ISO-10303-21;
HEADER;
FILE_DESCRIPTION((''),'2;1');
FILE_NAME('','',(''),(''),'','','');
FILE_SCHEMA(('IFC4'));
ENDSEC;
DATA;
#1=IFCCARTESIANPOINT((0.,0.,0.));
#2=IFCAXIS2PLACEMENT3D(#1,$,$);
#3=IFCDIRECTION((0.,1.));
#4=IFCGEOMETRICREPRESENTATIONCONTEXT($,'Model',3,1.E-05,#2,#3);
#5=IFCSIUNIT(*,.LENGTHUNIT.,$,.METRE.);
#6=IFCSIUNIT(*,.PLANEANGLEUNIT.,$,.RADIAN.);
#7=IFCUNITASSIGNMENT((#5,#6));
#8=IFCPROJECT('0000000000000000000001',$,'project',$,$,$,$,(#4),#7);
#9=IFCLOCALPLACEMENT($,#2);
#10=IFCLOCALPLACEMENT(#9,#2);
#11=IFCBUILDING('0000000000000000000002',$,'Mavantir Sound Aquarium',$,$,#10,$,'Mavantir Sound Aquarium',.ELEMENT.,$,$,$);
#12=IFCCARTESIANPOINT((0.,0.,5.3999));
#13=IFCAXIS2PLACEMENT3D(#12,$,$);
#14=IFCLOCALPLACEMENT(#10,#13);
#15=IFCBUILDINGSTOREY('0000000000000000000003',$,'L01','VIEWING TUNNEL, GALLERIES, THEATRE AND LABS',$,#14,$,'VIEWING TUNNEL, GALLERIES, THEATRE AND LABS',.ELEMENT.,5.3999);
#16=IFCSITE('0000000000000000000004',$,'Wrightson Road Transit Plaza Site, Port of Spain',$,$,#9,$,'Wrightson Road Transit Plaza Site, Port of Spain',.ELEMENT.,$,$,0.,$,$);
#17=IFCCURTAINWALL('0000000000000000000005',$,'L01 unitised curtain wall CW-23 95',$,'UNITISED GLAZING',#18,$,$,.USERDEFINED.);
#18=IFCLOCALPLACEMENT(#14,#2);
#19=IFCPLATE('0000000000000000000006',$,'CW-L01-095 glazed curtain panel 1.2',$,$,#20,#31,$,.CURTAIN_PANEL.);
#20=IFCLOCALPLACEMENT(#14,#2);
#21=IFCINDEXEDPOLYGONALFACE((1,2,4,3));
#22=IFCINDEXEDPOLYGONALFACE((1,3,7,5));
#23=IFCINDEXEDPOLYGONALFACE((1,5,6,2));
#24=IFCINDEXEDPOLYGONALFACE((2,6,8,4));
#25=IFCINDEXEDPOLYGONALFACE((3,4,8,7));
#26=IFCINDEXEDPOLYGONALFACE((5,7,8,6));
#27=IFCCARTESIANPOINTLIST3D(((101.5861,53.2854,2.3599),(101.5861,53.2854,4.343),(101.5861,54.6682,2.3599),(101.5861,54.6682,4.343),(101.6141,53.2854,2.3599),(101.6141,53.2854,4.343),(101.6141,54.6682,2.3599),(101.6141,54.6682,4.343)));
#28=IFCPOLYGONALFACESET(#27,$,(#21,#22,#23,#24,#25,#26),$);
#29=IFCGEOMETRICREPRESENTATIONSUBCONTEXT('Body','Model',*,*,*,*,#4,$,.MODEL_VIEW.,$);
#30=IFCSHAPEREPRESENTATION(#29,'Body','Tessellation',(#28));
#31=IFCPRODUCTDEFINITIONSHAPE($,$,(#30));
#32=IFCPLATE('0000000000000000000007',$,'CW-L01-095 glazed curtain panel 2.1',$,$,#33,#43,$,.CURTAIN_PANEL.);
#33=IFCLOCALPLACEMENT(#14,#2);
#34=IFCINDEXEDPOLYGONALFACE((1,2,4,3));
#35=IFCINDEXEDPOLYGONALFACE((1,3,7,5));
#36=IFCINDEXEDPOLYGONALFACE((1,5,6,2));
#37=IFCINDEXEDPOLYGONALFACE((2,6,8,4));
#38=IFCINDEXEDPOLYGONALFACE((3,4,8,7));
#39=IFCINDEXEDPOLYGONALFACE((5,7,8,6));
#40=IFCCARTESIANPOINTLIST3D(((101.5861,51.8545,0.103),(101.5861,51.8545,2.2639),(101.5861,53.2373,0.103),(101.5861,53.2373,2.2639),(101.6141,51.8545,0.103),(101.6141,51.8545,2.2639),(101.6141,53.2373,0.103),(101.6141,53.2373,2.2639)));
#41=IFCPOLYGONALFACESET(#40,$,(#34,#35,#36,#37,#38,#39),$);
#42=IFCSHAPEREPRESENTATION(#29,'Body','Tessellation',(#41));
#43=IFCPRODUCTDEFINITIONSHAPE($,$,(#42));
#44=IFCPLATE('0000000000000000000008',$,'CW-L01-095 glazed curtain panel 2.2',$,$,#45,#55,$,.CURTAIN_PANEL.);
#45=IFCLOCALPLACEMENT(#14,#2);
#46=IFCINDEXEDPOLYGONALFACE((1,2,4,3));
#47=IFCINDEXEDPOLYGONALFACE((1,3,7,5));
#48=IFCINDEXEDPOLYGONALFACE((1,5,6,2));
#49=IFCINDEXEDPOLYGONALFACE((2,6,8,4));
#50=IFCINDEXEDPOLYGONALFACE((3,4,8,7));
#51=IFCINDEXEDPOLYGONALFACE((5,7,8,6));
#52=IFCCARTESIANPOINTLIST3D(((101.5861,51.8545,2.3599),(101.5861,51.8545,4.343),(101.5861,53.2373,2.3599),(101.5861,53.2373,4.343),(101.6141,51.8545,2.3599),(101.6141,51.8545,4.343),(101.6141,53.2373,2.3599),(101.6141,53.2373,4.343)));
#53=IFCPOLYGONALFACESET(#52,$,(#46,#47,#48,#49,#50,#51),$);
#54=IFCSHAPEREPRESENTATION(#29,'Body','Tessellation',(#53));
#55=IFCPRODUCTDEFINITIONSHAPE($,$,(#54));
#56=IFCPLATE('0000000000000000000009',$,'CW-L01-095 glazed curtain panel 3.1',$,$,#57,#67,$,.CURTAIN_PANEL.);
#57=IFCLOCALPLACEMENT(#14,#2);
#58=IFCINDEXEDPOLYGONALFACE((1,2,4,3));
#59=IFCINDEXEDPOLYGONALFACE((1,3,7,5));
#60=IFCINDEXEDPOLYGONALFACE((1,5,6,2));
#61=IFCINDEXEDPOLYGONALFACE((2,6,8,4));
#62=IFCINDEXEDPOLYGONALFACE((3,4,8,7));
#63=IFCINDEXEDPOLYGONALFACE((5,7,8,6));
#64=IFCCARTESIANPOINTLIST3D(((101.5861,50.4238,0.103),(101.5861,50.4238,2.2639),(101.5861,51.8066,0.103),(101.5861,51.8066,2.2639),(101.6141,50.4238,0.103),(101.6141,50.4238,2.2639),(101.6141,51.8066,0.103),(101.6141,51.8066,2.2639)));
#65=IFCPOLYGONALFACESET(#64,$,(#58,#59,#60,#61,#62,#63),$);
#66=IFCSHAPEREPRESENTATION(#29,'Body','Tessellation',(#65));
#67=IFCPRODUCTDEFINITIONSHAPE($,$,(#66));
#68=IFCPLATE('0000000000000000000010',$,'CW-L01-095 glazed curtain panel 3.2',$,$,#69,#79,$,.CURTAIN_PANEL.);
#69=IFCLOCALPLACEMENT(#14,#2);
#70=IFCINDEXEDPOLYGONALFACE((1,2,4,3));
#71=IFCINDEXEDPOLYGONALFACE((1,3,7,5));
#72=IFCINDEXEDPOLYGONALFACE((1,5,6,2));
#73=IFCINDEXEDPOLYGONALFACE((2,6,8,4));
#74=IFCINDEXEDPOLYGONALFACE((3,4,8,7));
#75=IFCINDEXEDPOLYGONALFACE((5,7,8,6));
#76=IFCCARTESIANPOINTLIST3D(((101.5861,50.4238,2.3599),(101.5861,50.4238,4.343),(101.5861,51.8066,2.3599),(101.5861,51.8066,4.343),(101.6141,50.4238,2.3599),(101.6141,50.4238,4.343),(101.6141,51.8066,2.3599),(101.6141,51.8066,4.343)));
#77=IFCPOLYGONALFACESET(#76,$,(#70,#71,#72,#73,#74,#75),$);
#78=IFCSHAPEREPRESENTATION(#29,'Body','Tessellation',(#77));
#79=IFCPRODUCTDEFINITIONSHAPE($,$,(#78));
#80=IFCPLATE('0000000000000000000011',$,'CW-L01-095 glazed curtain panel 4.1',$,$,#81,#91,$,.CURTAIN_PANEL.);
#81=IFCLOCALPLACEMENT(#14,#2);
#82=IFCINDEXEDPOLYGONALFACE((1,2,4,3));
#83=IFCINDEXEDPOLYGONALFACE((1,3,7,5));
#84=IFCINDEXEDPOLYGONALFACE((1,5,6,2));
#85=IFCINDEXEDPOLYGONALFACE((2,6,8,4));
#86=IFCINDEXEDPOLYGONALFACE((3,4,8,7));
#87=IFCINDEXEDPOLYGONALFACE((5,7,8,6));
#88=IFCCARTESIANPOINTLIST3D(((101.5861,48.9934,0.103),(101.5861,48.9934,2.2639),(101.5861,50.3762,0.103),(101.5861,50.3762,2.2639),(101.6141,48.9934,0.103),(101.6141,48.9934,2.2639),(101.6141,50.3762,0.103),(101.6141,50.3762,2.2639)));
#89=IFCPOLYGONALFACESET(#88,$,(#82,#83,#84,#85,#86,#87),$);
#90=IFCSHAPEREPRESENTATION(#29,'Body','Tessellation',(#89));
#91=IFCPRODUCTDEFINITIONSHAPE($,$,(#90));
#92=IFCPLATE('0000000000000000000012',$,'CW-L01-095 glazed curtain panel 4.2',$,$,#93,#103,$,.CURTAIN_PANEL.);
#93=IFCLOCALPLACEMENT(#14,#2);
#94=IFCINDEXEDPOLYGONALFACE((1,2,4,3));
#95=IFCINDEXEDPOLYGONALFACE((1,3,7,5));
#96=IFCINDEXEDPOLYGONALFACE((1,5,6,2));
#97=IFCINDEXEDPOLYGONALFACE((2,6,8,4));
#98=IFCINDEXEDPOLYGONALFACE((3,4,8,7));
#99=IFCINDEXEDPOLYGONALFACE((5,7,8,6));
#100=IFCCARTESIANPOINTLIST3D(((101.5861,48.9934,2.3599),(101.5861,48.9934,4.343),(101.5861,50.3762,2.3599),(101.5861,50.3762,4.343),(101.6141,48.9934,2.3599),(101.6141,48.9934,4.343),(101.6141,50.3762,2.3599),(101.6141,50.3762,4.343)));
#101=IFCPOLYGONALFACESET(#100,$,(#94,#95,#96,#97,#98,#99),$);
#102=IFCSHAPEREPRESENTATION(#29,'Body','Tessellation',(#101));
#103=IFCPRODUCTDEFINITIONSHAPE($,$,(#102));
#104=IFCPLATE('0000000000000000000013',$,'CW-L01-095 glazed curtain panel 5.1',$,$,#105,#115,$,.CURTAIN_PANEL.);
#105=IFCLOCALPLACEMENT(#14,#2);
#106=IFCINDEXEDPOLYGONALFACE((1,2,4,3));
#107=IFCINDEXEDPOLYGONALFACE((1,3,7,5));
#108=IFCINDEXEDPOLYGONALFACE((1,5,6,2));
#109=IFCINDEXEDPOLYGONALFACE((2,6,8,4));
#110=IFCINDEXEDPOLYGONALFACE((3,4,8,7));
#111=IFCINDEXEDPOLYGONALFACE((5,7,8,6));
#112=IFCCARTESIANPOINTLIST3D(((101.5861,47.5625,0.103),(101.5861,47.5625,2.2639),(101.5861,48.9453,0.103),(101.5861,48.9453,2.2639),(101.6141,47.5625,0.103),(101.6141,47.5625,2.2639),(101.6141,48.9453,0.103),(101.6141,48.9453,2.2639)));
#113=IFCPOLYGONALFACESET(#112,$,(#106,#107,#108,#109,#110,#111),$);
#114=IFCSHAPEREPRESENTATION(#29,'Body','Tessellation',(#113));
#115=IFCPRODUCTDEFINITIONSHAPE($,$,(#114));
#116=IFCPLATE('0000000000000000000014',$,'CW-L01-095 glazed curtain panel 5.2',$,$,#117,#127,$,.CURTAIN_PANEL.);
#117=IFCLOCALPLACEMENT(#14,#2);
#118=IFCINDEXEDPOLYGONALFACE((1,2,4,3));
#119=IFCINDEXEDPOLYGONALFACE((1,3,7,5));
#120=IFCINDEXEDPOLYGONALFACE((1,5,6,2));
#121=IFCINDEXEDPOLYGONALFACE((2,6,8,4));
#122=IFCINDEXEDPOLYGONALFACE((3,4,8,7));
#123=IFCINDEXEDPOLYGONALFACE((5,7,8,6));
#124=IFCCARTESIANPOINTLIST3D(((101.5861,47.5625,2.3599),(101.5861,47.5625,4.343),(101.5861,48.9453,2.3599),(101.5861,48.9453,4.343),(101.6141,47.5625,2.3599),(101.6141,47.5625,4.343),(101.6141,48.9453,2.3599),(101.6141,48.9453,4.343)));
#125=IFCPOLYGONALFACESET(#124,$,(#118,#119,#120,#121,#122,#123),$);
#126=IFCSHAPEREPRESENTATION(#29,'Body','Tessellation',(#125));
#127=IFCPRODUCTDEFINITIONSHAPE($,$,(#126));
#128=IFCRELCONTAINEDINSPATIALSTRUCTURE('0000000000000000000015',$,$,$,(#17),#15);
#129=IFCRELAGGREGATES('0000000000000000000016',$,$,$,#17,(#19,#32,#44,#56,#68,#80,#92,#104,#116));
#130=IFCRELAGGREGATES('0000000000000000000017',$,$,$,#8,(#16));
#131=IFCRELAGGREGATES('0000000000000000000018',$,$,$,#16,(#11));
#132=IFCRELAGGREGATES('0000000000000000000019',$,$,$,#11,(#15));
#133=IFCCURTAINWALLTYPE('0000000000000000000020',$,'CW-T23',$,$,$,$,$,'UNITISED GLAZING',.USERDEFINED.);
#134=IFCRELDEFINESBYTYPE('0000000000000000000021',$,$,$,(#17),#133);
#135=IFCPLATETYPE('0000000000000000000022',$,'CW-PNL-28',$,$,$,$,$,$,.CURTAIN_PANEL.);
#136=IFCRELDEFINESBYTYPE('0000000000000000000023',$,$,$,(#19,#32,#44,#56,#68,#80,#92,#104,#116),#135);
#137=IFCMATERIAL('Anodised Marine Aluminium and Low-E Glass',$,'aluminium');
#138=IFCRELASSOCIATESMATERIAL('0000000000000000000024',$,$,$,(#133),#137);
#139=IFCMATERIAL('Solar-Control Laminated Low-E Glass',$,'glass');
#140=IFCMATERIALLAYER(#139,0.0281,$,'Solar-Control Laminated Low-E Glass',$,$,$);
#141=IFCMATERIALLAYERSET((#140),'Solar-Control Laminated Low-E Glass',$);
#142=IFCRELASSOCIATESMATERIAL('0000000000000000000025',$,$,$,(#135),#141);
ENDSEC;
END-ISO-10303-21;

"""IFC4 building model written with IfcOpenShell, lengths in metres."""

from ifc_helpers import new_model, si_unit, direction, frame, origin, origin_2d, place, context, subcontext, project, spatial, rectangle, extrude, material, layer, layer_set, type_object, element, aggregate, save


model = new_model("IFC4")

# Units and contexts
model_context = context("Model", 3, precision=1e-05, world=origin(), true_north=direction((0.0, 1.0)))
body_context = subcontext(model_context, "Body", "Model", "MODEL_VIEW")
ifc_project = project(units=[si_unit("LENGTHUNIT", "METRE"), si_unit("PLANEANGLEUNIT", "RADIAN")], contexts=[model_context])

# Site, building, storey
site_placement = place(None, origin())
site = spatial("IfcSite", under=ifc_project, at=site_placement, Name="Wrightson Road Transit Plaza Site, Port of Spain", LongName="Wrightson Road Transit Plaza Site, Port of Spain", CompositionType="ELEMENT", RefElevation=0.0)
building_placement = place(site_placement, origin())
building = spatial("IfcBuilding", under=site, at=building_placement, Name="Mavantir Sound Aquarium", LongName="Mavantir Sound Aquarium", CompositionType="ELEMENT")
storey_placement = place(building_placement, frame((0.0, 0.0, 5.3999)))
storey = spatial("IfcBuildingStorey", under=building, at=storey_placement, Name="L01", Description="VIEWING TUNNEL, GALLERIES, THEATRE AND LABS", LongName="VIEWING TUNNEL, GALLERIES, THEATRE AND LABS", CompositionType="ELEMENT", Elevation=5.3999)

# Curtain wall, plates
ifc_material_1 = material(Name="Anodised Marine Aluminium and Low-E Glass", Category="aluminium")
curtain_wall_type = type_object("IfcCurtainWallType", Name="CW-T23", ElementType="UNITISED GLAZING", PredefinedType="USERDEFINED", material=ifc_material_1)
curtain_wall_placement = place(storey_placement, origin())
curtain_wall = element("IfcCurtainWall", 1, at=curtain_wall_placement, inside=storey, type_object=curtain_wall_type, Name="L01 unitised curtain wall CW-23 95", ObjectType="UNITISED GLAZING", PredefinedType="USERDEFINED")
ifc_material_2 = material(Name="Solar-Control Laminated Low-E Glass", Category="glass")
ifc_layer = layer(ifc_material_2, 0.0281, Name="Solar-Control Laminated Low-E Glass")
ifc_layer_set = layer_set([ifc_layer], Name="Solar-Control Laminated Low-E Glass")
plate_type = type_object("IfcPlateType", Name="CW-PNL-28", PredefinedType="CURTAIN_PANEL", material=ifc_layer_set)
plate_1_placement = place(storey_placement, frame((101.6001, 53.9768, 2.3599), z_axis=(0.0, 0.0, 1.0), x_axis=(0.0, -1.0, 0.0)))
plate_1 = element("IfcPlate", 2, at=plate_1_placement, type_object=plate_type, Name="CW-L01-095 glazed curtain panel 1.2", PredefinedType="CURTAIN_PANEL", context=body_context, shape_type="SweptSolid", body=[
    extrude(rectangle(XDim=1.3828, YDim=0.0281, at=origin_2d()), origin(), (0.0, 0.0, 1.0), 1.9832),
])
plate_2_placement = place(storey_placement, frame((101.6001, 52.5459, 0.103), z_axis=(0.0, 0.0, 1.0), x_axis=(0.0, -1.0, 0.0)))
plate_2 = element("IfcPlate", 3, at=plate_2_placement, type_object=plate_type, Name="CW-L01-095 glazed curtain panel 2.1", PredefinedType="CURTAIN_PANEL", context=body_context, shape_type="SweptSolid", body=[
    extrude(rectangle(XDim=1.3828, YDim=0.0281, at=origin_2d()), origin(), (0.0, 0.0, 1.0), 2.1609),
])
plate_3_placement = place(storey_placement, frame((101.6001, 52.5459, 2.3599), z_axis=(0.0, 0.0, 1.0), x_axis=(0.0, -1.0, 0.0)))
plate_3 = element("IfcPlate", 4, at=plate_3_placement, type_object=plate_type, Name="CW-L01-095 glazed curtain panel 2.2", PredefinedType="CURTAIN_PANEL", context=body_context, shape_type="SweptSolid", body=[
    extrude(rectangle(XDim=1.3828, YDim=0.0281, at=origin_2d()), origin(), (0.0, 0.0, 1.0), 1.9832),
])
plate_4_placement = place(storey_placement, frame((101.6001, 51.1152, 0.103), z_axis=(0.0, 0.0, 1.0), x_axis=(0.0, -1.0, 0.0)))
plate_4 = element("IfcPlate", 5, at=plate_4_placement, type_object=plate_type, Name="CW-L01-095 glazed curtain panel 3.1", PredefinedType="CURTAIN_PANEL", context=body_context, shape_type="SweptSolid", body=[
    extrude(rectangle(XDim=1.3828, YDim=0.0281, at=origin_2d()), origin(), (0.0, 0.0, 1.0), 2.1609),
])
plate_5_placement = place(storey_placement, frame((101.6001, 51.1152, 2.3599), z_axis=(0.0, 0.0, 1.0), x_axis=(0.0, -1.0, 0.0)))
plate_5 = element("IfcPlate", 6, at=plate_5_placement, type_object=plate_type, Name="CW-L01-095 glazed curtain panel 3.2", PredefinedType="CURTAIN_PANEL", context=body_context, shape_type="SweptSolid", body=[
    extrude(rectangle(XDim=1.3828, YDim=0.0281, at=origin_2d()), origin(), (0.0, 0.0, 1.0), 1.9832),
])
plate_6_placement = place(storey_placement, frame((101.6001, 49.6848, 0.103), z_axis=(0.0, 0.0, 1.0), x_axis=(0.0, -1.0, 0.0)))
plate_6 = element("IfcPlate", 7, at=plate_6_placement, type_object=plate_type, Name="CW-L01-095 glazed curtain panel 4.1", PredefinedType="CURTAIN_PANEL", context=body_context, shape_type="SweptSolid", body=[
    extrude(rectangle(XDim=1.3828, YDim=0.0281, at=origin_2d()), origin(), (0.0, 0.0, 1.0), 2.1609),
])
plate_7_placement = place(storey_placement, frame((101.6001, 49.6848, 2.3599), z_axis=(0.0, 0.0, 1.0), x_axis=(0.0, -1.0, 0.0)))
plate_7 = element("IfcPlate", 8, at=plate_7_placement, type_object=plate_type, Name="CW-L01-095 glazed curtain panel 4.2", PredefinedType="CURTAIN_PANEL", context=body_context, shape_type="SweptSolid", body=[
    extrude(rectangle(XDim=1.3828, YDim=0.0281, at=origin_2d()), origin(), (0.0, 0.0, 1.0), 1.9832),
])
plate_8_placement = place(storey_placement, frame((101.6001, 48.2539, 0.103), z_axis=(0.0, 0.0, 1.0), x_axis=(0.0, -1.0, 0.0)))
plate_8 = element("IfcPlate", 9, at=plate_8_placement, type_object=plate_type, Name="CW-L01-095 glazed curtain panel 5.1", PredefinedType="CURTAIN_PANEL", context=body_context, shape_type="SweptSolid", body=[
    extrude(rectangle(XDim=1.3828, YDim=0.0281, at=origin_2d()), origin(), (0.0, 0.0, 1.0), 2.1609),
])
plate_9_placement = place(storey_placement, frame((101.6001, 48.2539, 2.3599), z_axis=(0.0, 0.0, 1.0), x_axis=(0.0, -1.0, 0.0)))
plate_9 = element("IfcPlate", 10, at=plate_9_placement, type_object=plate_type, Name="CW-L01-095 glazed curtain panel 5.2", PredefinedType="CURTAIN_PANEL", context=body_context, shape_type="SweptSolid", body=[
    extrude(rectangle(XDim=1.3828, YDim=0.0281, at=origin_2d()), origin(), (0.0, 0.0, 1.0), 1.9832),
])
aggregate(curtain_wall, [plate_1, plate_2, plate_3, plate_4, plate_5, plate_6, plate_7, plate_8, plate_9])

save(model, "model.ifc")
